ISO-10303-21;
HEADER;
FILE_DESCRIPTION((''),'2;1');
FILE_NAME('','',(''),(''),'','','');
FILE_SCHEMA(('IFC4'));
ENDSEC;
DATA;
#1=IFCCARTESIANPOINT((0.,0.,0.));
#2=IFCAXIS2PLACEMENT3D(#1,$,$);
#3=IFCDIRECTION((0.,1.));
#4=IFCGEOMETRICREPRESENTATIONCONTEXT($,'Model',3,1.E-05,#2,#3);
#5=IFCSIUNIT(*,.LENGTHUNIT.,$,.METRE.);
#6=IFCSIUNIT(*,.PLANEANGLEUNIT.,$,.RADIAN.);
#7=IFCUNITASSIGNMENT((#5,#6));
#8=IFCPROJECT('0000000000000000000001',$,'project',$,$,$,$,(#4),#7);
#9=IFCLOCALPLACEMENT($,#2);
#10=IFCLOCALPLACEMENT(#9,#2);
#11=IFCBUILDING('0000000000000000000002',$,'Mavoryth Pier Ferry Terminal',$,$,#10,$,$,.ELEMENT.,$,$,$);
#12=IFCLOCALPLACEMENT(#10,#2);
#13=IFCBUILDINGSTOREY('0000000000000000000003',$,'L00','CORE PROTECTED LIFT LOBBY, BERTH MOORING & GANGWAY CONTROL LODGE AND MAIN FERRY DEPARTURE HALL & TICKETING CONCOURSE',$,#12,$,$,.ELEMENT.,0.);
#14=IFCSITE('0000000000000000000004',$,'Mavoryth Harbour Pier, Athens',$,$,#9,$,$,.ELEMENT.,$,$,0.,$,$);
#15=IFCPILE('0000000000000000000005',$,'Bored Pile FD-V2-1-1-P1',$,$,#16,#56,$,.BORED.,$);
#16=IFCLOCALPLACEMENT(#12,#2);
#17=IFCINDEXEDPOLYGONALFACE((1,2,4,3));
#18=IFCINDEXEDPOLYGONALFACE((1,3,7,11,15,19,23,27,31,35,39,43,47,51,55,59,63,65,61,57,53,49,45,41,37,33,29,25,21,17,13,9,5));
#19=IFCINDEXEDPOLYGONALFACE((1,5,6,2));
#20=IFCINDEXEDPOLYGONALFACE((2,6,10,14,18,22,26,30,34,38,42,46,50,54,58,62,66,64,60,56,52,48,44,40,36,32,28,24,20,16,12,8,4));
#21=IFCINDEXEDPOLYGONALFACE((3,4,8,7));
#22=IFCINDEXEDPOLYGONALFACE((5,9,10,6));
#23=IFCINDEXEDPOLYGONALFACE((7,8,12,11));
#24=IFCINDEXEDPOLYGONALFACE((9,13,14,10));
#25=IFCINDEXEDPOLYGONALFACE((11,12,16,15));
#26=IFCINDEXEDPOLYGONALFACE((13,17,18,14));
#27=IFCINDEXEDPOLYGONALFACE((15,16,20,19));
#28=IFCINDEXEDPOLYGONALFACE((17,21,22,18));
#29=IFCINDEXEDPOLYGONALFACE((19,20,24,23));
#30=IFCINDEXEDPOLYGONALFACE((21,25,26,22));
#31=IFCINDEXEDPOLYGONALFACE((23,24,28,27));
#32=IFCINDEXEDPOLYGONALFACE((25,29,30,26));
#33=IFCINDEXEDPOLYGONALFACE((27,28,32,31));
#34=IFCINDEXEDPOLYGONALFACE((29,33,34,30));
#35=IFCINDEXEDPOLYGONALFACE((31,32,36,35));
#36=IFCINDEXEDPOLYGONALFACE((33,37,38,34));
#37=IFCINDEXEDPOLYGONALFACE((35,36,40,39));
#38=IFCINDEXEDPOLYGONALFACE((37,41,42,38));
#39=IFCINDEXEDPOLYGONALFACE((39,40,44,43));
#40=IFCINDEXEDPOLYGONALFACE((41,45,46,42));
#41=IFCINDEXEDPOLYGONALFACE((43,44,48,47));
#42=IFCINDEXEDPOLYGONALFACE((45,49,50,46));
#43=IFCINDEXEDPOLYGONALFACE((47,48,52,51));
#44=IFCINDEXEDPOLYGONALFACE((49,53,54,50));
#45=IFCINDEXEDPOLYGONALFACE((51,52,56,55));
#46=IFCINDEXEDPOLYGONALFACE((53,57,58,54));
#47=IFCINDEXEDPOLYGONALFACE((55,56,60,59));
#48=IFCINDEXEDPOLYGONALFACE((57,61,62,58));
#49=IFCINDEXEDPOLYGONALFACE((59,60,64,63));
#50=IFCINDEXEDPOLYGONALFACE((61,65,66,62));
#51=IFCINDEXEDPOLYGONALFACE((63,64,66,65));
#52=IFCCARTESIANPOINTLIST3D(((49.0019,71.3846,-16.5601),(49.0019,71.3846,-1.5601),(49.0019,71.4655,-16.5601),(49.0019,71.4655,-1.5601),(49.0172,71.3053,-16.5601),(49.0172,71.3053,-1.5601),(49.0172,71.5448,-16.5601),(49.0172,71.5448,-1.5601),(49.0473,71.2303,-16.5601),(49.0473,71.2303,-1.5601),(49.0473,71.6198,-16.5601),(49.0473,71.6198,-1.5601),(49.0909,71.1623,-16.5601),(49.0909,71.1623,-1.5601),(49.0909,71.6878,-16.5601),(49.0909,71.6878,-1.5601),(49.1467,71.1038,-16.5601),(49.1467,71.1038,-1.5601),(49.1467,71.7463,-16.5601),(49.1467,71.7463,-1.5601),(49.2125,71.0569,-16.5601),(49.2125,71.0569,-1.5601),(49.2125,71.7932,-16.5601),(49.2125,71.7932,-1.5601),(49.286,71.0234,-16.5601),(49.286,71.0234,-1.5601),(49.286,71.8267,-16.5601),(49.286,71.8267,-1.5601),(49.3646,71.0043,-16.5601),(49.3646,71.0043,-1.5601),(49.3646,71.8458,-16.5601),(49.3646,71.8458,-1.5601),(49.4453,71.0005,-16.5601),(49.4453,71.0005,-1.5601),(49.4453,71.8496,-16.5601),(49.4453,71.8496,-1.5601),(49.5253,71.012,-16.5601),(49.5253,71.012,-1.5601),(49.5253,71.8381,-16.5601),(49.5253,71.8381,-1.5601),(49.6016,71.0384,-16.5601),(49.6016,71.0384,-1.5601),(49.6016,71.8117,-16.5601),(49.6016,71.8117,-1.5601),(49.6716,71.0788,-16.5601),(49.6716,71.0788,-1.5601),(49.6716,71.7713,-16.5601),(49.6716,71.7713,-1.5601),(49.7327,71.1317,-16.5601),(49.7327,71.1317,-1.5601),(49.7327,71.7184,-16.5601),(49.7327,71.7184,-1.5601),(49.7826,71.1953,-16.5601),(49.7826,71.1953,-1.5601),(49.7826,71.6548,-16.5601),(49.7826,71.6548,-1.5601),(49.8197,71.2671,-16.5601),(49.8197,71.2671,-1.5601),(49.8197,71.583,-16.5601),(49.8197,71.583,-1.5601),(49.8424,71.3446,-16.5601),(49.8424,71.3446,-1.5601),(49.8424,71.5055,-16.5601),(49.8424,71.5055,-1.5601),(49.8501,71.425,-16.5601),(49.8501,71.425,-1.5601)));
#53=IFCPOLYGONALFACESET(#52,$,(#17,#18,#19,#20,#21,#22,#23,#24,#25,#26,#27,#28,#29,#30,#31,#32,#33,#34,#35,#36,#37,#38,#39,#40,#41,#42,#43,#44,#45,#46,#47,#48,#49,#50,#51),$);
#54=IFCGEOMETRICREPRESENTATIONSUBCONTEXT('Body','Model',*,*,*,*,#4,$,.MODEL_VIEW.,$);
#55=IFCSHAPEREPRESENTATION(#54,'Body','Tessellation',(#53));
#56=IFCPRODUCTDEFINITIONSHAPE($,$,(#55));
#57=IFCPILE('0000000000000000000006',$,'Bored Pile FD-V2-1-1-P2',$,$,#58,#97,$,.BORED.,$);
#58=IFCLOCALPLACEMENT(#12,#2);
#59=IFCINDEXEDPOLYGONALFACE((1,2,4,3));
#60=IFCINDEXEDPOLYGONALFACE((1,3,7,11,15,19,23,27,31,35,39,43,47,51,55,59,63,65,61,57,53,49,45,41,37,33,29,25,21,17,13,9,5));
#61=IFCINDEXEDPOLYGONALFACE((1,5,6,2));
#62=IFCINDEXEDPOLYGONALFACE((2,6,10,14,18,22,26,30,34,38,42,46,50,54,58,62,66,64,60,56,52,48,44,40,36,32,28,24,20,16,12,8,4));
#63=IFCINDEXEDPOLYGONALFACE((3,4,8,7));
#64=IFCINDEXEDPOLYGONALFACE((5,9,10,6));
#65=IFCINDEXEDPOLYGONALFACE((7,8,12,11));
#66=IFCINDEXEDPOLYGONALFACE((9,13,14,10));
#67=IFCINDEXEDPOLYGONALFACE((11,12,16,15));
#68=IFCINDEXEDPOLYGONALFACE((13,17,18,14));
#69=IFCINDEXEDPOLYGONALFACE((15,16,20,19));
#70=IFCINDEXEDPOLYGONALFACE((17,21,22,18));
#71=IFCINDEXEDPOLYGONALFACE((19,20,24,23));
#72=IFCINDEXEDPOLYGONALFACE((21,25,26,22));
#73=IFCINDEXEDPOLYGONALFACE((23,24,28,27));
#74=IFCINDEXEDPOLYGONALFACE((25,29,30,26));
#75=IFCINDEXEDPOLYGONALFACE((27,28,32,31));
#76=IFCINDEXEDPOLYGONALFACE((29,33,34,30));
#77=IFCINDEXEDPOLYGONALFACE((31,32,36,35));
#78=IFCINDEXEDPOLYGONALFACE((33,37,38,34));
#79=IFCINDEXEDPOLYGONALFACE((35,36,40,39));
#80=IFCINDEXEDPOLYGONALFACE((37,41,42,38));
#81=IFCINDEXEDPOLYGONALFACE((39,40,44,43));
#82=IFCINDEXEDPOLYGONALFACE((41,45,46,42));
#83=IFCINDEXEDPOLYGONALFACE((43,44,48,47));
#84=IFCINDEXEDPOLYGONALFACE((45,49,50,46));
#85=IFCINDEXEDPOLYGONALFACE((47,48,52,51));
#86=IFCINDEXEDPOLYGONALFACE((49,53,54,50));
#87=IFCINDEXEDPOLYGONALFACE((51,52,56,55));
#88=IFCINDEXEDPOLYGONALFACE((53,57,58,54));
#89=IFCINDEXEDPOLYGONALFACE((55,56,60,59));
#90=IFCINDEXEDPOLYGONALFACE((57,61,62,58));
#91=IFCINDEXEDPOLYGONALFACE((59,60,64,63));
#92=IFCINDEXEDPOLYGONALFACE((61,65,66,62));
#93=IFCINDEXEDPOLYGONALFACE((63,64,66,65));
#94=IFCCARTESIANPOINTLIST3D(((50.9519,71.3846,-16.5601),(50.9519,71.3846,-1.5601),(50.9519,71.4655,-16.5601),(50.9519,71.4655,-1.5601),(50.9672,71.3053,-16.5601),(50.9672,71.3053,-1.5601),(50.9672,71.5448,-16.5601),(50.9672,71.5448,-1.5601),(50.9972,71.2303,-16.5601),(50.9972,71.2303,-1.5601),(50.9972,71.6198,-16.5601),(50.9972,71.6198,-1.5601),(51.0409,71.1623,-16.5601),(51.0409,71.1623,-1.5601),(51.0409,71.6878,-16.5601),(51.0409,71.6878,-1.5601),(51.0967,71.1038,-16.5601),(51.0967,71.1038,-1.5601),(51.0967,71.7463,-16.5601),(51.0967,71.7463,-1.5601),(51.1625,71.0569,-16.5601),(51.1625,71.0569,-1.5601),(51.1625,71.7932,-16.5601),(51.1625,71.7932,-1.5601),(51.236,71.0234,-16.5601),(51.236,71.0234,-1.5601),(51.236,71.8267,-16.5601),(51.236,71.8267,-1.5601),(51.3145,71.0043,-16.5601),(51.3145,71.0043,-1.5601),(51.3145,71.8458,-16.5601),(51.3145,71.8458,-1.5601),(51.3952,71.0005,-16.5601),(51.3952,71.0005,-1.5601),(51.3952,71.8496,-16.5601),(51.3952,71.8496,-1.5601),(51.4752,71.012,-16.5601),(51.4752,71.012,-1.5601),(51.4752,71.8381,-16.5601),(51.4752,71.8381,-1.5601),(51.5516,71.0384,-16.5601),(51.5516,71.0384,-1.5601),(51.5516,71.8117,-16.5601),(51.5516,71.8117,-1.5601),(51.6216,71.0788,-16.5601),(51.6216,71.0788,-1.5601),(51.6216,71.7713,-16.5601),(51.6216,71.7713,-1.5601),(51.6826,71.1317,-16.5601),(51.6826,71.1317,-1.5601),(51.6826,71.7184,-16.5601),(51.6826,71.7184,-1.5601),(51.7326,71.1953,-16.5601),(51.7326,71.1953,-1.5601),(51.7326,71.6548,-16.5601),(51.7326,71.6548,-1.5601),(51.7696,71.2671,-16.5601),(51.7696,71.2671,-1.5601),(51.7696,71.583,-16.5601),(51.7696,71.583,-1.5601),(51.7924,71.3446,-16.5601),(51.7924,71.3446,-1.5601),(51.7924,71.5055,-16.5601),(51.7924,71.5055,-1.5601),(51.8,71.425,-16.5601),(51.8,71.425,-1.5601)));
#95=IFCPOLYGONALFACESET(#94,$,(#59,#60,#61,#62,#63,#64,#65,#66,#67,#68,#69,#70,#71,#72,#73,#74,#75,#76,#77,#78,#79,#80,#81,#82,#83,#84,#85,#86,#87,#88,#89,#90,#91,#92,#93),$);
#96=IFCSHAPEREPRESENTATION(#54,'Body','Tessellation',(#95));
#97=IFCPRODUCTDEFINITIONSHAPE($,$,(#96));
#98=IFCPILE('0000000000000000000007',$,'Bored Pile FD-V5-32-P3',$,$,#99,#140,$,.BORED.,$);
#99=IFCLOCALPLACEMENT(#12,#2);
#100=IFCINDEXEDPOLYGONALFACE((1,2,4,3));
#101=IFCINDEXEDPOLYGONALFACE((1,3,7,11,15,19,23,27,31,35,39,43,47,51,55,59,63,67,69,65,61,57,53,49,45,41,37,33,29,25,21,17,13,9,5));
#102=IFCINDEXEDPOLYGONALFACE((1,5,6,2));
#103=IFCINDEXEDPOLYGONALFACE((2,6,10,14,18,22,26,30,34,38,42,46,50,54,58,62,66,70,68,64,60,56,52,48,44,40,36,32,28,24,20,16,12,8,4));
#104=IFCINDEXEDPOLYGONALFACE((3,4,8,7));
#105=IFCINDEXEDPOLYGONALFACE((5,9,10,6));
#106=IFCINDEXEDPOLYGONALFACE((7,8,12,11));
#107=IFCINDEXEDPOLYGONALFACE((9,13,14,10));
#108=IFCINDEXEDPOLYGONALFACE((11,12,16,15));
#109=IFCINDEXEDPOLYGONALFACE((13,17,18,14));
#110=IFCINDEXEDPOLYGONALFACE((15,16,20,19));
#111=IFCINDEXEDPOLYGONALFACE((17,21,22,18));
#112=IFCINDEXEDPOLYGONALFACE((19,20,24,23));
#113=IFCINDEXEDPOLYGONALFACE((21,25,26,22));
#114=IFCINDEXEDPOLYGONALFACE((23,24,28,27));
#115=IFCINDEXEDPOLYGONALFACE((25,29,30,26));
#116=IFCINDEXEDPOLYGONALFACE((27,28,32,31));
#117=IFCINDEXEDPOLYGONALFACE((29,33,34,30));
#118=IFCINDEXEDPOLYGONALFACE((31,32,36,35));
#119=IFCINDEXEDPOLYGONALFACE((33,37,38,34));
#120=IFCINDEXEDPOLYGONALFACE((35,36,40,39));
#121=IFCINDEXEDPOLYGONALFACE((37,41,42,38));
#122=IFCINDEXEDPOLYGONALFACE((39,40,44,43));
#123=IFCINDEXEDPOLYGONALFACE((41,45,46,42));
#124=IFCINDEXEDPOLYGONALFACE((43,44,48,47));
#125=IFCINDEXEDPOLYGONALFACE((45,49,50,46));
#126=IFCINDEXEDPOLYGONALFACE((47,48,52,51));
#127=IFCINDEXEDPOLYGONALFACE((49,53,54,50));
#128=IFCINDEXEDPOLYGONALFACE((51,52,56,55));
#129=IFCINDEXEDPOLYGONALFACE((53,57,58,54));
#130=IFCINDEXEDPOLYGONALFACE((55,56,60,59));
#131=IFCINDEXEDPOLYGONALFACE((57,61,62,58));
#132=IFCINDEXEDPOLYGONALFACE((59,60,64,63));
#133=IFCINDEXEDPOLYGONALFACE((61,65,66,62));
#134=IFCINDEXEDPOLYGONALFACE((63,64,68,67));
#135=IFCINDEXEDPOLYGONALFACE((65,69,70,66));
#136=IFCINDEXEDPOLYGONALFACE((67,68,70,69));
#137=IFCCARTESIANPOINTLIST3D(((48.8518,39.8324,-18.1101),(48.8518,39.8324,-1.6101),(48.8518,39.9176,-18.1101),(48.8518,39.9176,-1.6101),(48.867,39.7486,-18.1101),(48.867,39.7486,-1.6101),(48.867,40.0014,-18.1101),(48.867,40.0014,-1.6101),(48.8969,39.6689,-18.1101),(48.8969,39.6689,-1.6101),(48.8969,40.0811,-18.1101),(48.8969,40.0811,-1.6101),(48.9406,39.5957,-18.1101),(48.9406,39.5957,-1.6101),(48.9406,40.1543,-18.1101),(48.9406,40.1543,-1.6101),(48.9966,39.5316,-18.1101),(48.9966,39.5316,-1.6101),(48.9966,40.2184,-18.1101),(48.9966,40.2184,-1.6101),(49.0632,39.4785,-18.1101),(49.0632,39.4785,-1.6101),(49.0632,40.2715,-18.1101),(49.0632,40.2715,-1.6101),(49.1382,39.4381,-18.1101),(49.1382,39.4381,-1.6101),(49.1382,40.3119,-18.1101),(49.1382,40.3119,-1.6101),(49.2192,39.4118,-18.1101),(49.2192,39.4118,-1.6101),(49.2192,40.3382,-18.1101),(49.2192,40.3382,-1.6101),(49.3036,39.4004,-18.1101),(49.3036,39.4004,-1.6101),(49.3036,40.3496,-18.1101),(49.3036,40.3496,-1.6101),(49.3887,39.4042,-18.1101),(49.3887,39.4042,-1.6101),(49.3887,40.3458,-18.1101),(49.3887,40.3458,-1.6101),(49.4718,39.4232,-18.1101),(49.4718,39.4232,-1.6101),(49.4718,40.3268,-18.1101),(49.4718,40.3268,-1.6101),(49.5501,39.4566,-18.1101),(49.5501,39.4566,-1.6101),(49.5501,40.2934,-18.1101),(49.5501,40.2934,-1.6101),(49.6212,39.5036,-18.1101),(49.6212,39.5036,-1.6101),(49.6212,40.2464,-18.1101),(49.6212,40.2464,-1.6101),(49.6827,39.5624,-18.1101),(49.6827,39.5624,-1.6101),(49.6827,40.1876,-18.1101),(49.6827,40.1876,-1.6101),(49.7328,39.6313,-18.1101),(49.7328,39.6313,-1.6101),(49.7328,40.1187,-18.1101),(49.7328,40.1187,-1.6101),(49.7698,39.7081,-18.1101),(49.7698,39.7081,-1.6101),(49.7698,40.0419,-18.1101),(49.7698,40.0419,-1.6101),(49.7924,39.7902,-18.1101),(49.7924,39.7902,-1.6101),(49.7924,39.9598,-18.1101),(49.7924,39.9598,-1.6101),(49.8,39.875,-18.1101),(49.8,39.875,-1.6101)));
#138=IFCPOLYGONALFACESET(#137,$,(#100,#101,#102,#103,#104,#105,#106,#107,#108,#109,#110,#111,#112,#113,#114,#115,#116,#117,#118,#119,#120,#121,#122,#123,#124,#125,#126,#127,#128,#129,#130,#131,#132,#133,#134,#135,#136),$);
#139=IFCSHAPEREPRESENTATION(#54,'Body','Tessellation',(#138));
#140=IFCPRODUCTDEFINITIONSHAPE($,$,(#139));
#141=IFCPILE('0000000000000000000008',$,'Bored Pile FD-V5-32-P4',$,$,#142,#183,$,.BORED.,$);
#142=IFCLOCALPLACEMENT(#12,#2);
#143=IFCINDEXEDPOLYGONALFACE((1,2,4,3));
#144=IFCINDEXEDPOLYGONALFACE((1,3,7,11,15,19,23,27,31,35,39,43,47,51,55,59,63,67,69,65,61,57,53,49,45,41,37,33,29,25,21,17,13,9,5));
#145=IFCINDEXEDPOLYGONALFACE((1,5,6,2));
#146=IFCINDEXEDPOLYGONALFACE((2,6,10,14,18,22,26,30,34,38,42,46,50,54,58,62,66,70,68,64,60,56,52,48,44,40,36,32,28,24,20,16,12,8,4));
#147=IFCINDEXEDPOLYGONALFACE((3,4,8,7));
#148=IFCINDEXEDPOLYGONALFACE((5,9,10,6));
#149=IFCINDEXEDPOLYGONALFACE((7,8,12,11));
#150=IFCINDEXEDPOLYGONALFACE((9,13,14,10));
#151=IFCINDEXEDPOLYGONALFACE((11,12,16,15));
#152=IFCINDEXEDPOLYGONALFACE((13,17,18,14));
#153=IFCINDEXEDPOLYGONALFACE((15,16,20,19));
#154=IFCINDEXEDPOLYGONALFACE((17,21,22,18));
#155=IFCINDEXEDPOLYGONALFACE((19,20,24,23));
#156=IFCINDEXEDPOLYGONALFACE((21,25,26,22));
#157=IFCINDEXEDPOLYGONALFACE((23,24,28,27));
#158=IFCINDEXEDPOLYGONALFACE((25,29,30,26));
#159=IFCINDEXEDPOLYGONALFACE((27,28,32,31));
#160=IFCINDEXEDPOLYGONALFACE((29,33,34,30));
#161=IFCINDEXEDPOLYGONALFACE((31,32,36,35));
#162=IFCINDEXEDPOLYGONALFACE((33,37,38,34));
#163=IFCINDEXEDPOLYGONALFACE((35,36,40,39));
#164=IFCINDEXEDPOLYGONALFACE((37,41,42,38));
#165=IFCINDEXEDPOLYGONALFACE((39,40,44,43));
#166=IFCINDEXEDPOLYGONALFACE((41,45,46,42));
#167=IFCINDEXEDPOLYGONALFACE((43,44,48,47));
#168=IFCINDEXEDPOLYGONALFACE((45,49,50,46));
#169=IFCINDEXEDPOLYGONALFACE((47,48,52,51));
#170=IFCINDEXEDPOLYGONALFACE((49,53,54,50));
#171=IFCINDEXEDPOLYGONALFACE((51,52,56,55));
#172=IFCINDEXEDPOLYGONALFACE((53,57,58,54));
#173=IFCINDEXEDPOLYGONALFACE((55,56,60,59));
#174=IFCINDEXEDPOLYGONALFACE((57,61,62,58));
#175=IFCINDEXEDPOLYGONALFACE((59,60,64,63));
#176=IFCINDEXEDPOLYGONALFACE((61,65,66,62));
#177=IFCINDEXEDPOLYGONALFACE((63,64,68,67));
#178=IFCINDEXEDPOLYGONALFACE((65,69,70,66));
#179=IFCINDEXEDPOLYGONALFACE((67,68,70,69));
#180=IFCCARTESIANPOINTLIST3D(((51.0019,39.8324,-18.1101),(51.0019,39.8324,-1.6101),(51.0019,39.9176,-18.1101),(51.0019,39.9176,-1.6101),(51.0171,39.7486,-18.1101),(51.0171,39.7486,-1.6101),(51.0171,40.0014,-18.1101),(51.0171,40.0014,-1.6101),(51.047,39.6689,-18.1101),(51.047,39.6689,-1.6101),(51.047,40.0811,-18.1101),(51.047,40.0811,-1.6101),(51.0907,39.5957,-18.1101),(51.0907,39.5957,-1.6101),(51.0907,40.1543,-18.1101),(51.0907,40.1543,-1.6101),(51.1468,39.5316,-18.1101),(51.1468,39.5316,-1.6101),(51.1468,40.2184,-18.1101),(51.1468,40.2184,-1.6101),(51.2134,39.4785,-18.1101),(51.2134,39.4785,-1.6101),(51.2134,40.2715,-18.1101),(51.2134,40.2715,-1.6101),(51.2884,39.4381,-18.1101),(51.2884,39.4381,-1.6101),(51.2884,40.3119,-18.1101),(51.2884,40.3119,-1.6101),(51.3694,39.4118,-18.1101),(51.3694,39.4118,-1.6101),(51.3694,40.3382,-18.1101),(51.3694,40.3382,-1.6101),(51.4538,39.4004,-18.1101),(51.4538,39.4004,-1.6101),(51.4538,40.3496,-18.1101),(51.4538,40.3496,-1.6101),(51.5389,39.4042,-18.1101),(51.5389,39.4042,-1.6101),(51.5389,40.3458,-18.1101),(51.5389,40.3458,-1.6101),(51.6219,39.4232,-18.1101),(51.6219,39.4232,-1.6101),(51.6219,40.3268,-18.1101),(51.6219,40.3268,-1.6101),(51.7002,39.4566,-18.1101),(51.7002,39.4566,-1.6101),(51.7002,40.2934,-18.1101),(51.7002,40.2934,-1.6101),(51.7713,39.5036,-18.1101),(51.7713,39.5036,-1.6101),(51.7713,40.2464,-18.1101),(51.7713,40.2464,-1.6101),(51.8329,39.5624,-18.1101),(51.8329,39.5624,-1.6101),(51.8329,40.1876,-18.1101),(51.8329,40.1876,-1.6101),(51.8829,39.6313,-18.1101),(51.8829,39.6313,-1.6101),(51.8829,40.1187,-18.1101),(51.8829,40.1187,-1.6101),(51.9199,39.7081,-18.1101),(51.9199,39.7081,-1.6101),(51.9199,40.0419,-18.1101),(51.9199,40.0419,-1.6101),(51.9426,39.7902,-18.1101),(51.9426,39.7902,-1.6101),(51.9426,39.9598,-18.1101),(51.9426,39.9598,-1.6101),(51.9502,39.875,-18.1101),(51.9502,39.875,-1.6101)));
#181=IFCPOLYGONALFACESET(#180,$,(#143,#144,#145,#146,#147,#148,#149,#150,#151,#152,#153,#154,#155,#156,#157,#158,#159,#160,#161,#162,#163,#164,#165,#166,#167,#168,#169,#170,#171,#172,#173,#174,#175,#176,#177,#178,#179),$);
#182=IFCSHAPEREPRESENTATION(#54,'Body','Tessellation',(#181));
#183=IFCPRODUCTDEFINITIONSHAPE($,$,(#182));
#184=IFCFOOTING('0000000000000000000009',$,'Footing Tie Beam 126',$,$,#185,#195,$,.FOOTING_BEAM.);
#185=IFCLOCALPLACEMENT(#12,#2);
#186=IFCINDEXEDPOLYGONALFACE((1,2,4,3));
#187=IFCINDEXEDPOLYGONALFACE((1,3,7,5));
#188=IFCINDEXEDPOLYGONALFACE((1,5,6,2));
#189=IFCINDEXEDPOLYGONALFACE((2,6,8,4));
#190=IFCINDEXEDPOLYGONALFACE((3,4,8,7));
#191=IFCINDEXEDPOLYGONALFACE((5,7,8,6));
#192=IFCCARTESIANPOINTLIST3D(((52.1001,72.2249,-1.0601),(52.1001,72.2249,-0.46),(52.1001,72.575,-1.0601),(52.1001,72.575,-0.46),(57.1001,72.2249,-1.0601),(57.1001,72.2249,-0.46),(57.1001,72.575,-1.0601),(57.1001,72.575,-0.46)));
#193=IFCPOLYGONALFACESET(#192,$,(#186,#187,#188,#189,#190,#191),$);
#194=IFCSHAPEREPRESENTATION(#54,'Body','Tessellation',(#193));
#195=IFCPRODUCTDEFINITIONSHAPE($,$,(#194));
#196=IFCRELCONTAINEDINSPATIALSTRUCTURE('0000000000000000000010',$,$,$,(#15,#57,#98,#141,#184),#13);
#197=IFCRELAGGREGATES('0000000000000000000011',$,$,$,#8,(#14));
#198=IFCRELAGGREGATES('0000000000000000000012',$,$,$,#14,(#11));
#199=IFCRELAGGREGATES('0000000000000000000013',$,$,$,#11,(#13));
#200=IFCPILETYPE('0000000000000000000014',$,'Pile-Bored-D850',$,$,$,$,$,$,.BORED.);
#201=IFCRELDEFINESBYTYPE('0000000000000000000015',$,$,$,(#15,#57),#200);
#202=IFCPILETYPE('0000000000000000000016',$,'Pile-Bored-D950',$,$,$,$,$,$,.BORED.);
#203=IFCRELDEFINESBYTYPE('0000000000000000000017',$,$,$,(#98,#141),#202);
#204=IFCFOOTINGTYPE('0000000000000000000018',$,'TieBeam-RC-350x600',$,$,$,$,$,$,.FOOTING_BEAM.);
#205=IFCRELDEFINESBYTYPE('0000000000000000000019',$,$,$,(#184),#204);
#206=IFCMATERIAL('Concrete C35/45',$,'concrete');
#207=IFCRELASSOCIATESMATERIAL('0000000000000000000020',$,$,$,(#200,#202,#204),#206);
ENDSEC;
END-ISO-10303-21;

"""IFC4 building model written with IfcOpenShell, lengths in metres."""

from ifc_helpers import new_model, si_unit, direction, frame, origin, origin_2d, place, context, subcontext, project, spatial, rectangle, circle, extrude, material, material_profile, profile_set, type_object, element, save


model = new_model("IFC4")

# Units and contexts
model_context = context("Model", 3, precision=1e-05, world=origin(), true_north=direction((0.0, 1.0)))
body_context = subcontext(model_context, "Body", "Model", "MODEL_VIEW")
ifc_project = project(units=[si_unit("LENGTHUNIT", "METRE"), si_unit("PLANEANGLEUNIT", "RADIAN")], contexts=[model_context])

# Site, building, storey
site_placement = place(None, origin())
site = spatial("IfcSite", under=ifc_project, at=site_placement, Name="Mavoryth Harbour Pier, Athens", CompositionType="ELEMENT", RefElevation=0.0)
building_placement = place(site_placement, origin())
building = spatial("IfcBuilding", under=site, at=building_placement, Name="Mavoryth Pier Ferry Terminal", CompositionType="ELEMENT")
storey_placement = place(building_placement, origin())
storey = spatial("IfcBuildingStorey", under=building, at=storey_placement, Name="L00", Description="CORE PROTECTED LIFT LOBBY, BERTH MOORING & GANGWAY CONTROL LODGE AND MAIN FERRY DEPARTURE HALL & TICKETING CONCOURSE", CompositionType="ELEMENT", Elevation=0.0)

# Shared definitions
ifc_material_1 = material(Name="Concrete C35/45", Category="concrete")

# Piles
ifc_material_profile_1 = material_profile(ifc_material_1, circle(Radius=0.425, at=origin_2d()), Name="PILE D850", Category="concrete")
ifc_profile_set_1 = profile_set([ifc_material_profile_1], Name="Concrete C35/45 - PILE D850")
pile_type_1 = type_object("IfcPileType", Name="Pile-Bored-D850", PredefinedType="BORED", material=ifc_profile_set_1)
for number, where, z_axis, x_axis, name in (
    (1, (49.425, 71.425, -1.5601), (0.0, 0.0, -1.0), (1.0, 0.0, 0.0), "Bored Pile FD-V2-1-1-P1"),
    (2, (51.375, 71.425, -1.5601), (0.0, 0.0, -1.0), (1.0, 0.0, 0.0), "Bored Pile FD-V2-1-1-P2"),
):
    element("IfcPile", number, at=place(storey_placement, frame(where, z_axis=z_axis, x_axis=x_axis)), inside=storey, type_object=pile_type_1, Name=name, PredefinedType="BORED", context=body_context, shape_type="SweptSolid", body=[
        extrude(circle(Radius=0.425, at=origin_2d()), origin(), (0.0, 0.0, 1.0), 15.0),
    ])
ifc_material_profile_2 = material_profile(ifc_material_1, circle(Radius=0.4751, at=origin_2d()), Name="PILE D950", Category="concrete")
ifc_profile_set_2 = profile_set([ifc_material_profile_2], Name="Concrete C35/45 - PILE D950")
pile_type_2 = type_object("IfcPileType", Name="Pile-Bored-D950", PredefinedType="BORED", material=ifc_profile_set_2)
for number, where, z_axis, x_axis, name in (
    (3, (49.325, 39.875, -1.6101), (0.0, 0.0, -1.0), (1.0, 0.0, 0.0), "Bored Pile FD-V5-32-P3"),
    (4, (51.4751, 39.875, -1.6101), (0.0, 0.0, -1.0), (1.0, 0.0, 0.0), "Bored Pile FD-V5-32-P4"),
):
    element("IfcPile", number, at=place(storey_placement, frame(where, z_axis=z_axis, x_axis=x_axis)), inside=storey, type_object=pile_type_2, Name=name, PredefinedType="BORED", context=body_context, shape_type="SweptSolid", body=[
        extrude(circle(Radius=0.4751, at=origin_2d()), origin(), (0.0, 0.0, 1.0), 16.5),
    ])

# Footing
ifc_material_profile_3 = material_profile(ifc_material_1, rectangle(XDim=0.3501, YDim=0.6001, at=origin_2d()), Name="RC 350x600", Category="concrete")
ifc_profile_set_3 = profile_set([ifc_material_profile_3], Name="Concrete C35/45 - RC 350x600")
footing_type_1 = type_object("IfcFootingType", Name="TieBeam-RC-350x600", PredefinedType="FOOTING_BEAM", material=ifc_profile_set_3)
footing_1_placement = place(storey_placement, frame((52.1001, 72.3999, -0.76), z_axis=(1.0, 0.0, 0.0), x_axis=(0.0, 1.0, 0.0)))
element("IfcFooting", 5, at=footing_1_placement, inside=storey, type_object=footing_type_1, Name="Footing Tie Beam 126", PredefinedType="FOOTING_BEAM", context=body_context, shape_type="SweptSolid", body=[
    extrude(rectangle(XDim=0.3501, YDim=0.6001, at=origin_2d()), origin(), (0.0, 0.0, 1.0), 5.0),
])

save(model, "model.ifc")
